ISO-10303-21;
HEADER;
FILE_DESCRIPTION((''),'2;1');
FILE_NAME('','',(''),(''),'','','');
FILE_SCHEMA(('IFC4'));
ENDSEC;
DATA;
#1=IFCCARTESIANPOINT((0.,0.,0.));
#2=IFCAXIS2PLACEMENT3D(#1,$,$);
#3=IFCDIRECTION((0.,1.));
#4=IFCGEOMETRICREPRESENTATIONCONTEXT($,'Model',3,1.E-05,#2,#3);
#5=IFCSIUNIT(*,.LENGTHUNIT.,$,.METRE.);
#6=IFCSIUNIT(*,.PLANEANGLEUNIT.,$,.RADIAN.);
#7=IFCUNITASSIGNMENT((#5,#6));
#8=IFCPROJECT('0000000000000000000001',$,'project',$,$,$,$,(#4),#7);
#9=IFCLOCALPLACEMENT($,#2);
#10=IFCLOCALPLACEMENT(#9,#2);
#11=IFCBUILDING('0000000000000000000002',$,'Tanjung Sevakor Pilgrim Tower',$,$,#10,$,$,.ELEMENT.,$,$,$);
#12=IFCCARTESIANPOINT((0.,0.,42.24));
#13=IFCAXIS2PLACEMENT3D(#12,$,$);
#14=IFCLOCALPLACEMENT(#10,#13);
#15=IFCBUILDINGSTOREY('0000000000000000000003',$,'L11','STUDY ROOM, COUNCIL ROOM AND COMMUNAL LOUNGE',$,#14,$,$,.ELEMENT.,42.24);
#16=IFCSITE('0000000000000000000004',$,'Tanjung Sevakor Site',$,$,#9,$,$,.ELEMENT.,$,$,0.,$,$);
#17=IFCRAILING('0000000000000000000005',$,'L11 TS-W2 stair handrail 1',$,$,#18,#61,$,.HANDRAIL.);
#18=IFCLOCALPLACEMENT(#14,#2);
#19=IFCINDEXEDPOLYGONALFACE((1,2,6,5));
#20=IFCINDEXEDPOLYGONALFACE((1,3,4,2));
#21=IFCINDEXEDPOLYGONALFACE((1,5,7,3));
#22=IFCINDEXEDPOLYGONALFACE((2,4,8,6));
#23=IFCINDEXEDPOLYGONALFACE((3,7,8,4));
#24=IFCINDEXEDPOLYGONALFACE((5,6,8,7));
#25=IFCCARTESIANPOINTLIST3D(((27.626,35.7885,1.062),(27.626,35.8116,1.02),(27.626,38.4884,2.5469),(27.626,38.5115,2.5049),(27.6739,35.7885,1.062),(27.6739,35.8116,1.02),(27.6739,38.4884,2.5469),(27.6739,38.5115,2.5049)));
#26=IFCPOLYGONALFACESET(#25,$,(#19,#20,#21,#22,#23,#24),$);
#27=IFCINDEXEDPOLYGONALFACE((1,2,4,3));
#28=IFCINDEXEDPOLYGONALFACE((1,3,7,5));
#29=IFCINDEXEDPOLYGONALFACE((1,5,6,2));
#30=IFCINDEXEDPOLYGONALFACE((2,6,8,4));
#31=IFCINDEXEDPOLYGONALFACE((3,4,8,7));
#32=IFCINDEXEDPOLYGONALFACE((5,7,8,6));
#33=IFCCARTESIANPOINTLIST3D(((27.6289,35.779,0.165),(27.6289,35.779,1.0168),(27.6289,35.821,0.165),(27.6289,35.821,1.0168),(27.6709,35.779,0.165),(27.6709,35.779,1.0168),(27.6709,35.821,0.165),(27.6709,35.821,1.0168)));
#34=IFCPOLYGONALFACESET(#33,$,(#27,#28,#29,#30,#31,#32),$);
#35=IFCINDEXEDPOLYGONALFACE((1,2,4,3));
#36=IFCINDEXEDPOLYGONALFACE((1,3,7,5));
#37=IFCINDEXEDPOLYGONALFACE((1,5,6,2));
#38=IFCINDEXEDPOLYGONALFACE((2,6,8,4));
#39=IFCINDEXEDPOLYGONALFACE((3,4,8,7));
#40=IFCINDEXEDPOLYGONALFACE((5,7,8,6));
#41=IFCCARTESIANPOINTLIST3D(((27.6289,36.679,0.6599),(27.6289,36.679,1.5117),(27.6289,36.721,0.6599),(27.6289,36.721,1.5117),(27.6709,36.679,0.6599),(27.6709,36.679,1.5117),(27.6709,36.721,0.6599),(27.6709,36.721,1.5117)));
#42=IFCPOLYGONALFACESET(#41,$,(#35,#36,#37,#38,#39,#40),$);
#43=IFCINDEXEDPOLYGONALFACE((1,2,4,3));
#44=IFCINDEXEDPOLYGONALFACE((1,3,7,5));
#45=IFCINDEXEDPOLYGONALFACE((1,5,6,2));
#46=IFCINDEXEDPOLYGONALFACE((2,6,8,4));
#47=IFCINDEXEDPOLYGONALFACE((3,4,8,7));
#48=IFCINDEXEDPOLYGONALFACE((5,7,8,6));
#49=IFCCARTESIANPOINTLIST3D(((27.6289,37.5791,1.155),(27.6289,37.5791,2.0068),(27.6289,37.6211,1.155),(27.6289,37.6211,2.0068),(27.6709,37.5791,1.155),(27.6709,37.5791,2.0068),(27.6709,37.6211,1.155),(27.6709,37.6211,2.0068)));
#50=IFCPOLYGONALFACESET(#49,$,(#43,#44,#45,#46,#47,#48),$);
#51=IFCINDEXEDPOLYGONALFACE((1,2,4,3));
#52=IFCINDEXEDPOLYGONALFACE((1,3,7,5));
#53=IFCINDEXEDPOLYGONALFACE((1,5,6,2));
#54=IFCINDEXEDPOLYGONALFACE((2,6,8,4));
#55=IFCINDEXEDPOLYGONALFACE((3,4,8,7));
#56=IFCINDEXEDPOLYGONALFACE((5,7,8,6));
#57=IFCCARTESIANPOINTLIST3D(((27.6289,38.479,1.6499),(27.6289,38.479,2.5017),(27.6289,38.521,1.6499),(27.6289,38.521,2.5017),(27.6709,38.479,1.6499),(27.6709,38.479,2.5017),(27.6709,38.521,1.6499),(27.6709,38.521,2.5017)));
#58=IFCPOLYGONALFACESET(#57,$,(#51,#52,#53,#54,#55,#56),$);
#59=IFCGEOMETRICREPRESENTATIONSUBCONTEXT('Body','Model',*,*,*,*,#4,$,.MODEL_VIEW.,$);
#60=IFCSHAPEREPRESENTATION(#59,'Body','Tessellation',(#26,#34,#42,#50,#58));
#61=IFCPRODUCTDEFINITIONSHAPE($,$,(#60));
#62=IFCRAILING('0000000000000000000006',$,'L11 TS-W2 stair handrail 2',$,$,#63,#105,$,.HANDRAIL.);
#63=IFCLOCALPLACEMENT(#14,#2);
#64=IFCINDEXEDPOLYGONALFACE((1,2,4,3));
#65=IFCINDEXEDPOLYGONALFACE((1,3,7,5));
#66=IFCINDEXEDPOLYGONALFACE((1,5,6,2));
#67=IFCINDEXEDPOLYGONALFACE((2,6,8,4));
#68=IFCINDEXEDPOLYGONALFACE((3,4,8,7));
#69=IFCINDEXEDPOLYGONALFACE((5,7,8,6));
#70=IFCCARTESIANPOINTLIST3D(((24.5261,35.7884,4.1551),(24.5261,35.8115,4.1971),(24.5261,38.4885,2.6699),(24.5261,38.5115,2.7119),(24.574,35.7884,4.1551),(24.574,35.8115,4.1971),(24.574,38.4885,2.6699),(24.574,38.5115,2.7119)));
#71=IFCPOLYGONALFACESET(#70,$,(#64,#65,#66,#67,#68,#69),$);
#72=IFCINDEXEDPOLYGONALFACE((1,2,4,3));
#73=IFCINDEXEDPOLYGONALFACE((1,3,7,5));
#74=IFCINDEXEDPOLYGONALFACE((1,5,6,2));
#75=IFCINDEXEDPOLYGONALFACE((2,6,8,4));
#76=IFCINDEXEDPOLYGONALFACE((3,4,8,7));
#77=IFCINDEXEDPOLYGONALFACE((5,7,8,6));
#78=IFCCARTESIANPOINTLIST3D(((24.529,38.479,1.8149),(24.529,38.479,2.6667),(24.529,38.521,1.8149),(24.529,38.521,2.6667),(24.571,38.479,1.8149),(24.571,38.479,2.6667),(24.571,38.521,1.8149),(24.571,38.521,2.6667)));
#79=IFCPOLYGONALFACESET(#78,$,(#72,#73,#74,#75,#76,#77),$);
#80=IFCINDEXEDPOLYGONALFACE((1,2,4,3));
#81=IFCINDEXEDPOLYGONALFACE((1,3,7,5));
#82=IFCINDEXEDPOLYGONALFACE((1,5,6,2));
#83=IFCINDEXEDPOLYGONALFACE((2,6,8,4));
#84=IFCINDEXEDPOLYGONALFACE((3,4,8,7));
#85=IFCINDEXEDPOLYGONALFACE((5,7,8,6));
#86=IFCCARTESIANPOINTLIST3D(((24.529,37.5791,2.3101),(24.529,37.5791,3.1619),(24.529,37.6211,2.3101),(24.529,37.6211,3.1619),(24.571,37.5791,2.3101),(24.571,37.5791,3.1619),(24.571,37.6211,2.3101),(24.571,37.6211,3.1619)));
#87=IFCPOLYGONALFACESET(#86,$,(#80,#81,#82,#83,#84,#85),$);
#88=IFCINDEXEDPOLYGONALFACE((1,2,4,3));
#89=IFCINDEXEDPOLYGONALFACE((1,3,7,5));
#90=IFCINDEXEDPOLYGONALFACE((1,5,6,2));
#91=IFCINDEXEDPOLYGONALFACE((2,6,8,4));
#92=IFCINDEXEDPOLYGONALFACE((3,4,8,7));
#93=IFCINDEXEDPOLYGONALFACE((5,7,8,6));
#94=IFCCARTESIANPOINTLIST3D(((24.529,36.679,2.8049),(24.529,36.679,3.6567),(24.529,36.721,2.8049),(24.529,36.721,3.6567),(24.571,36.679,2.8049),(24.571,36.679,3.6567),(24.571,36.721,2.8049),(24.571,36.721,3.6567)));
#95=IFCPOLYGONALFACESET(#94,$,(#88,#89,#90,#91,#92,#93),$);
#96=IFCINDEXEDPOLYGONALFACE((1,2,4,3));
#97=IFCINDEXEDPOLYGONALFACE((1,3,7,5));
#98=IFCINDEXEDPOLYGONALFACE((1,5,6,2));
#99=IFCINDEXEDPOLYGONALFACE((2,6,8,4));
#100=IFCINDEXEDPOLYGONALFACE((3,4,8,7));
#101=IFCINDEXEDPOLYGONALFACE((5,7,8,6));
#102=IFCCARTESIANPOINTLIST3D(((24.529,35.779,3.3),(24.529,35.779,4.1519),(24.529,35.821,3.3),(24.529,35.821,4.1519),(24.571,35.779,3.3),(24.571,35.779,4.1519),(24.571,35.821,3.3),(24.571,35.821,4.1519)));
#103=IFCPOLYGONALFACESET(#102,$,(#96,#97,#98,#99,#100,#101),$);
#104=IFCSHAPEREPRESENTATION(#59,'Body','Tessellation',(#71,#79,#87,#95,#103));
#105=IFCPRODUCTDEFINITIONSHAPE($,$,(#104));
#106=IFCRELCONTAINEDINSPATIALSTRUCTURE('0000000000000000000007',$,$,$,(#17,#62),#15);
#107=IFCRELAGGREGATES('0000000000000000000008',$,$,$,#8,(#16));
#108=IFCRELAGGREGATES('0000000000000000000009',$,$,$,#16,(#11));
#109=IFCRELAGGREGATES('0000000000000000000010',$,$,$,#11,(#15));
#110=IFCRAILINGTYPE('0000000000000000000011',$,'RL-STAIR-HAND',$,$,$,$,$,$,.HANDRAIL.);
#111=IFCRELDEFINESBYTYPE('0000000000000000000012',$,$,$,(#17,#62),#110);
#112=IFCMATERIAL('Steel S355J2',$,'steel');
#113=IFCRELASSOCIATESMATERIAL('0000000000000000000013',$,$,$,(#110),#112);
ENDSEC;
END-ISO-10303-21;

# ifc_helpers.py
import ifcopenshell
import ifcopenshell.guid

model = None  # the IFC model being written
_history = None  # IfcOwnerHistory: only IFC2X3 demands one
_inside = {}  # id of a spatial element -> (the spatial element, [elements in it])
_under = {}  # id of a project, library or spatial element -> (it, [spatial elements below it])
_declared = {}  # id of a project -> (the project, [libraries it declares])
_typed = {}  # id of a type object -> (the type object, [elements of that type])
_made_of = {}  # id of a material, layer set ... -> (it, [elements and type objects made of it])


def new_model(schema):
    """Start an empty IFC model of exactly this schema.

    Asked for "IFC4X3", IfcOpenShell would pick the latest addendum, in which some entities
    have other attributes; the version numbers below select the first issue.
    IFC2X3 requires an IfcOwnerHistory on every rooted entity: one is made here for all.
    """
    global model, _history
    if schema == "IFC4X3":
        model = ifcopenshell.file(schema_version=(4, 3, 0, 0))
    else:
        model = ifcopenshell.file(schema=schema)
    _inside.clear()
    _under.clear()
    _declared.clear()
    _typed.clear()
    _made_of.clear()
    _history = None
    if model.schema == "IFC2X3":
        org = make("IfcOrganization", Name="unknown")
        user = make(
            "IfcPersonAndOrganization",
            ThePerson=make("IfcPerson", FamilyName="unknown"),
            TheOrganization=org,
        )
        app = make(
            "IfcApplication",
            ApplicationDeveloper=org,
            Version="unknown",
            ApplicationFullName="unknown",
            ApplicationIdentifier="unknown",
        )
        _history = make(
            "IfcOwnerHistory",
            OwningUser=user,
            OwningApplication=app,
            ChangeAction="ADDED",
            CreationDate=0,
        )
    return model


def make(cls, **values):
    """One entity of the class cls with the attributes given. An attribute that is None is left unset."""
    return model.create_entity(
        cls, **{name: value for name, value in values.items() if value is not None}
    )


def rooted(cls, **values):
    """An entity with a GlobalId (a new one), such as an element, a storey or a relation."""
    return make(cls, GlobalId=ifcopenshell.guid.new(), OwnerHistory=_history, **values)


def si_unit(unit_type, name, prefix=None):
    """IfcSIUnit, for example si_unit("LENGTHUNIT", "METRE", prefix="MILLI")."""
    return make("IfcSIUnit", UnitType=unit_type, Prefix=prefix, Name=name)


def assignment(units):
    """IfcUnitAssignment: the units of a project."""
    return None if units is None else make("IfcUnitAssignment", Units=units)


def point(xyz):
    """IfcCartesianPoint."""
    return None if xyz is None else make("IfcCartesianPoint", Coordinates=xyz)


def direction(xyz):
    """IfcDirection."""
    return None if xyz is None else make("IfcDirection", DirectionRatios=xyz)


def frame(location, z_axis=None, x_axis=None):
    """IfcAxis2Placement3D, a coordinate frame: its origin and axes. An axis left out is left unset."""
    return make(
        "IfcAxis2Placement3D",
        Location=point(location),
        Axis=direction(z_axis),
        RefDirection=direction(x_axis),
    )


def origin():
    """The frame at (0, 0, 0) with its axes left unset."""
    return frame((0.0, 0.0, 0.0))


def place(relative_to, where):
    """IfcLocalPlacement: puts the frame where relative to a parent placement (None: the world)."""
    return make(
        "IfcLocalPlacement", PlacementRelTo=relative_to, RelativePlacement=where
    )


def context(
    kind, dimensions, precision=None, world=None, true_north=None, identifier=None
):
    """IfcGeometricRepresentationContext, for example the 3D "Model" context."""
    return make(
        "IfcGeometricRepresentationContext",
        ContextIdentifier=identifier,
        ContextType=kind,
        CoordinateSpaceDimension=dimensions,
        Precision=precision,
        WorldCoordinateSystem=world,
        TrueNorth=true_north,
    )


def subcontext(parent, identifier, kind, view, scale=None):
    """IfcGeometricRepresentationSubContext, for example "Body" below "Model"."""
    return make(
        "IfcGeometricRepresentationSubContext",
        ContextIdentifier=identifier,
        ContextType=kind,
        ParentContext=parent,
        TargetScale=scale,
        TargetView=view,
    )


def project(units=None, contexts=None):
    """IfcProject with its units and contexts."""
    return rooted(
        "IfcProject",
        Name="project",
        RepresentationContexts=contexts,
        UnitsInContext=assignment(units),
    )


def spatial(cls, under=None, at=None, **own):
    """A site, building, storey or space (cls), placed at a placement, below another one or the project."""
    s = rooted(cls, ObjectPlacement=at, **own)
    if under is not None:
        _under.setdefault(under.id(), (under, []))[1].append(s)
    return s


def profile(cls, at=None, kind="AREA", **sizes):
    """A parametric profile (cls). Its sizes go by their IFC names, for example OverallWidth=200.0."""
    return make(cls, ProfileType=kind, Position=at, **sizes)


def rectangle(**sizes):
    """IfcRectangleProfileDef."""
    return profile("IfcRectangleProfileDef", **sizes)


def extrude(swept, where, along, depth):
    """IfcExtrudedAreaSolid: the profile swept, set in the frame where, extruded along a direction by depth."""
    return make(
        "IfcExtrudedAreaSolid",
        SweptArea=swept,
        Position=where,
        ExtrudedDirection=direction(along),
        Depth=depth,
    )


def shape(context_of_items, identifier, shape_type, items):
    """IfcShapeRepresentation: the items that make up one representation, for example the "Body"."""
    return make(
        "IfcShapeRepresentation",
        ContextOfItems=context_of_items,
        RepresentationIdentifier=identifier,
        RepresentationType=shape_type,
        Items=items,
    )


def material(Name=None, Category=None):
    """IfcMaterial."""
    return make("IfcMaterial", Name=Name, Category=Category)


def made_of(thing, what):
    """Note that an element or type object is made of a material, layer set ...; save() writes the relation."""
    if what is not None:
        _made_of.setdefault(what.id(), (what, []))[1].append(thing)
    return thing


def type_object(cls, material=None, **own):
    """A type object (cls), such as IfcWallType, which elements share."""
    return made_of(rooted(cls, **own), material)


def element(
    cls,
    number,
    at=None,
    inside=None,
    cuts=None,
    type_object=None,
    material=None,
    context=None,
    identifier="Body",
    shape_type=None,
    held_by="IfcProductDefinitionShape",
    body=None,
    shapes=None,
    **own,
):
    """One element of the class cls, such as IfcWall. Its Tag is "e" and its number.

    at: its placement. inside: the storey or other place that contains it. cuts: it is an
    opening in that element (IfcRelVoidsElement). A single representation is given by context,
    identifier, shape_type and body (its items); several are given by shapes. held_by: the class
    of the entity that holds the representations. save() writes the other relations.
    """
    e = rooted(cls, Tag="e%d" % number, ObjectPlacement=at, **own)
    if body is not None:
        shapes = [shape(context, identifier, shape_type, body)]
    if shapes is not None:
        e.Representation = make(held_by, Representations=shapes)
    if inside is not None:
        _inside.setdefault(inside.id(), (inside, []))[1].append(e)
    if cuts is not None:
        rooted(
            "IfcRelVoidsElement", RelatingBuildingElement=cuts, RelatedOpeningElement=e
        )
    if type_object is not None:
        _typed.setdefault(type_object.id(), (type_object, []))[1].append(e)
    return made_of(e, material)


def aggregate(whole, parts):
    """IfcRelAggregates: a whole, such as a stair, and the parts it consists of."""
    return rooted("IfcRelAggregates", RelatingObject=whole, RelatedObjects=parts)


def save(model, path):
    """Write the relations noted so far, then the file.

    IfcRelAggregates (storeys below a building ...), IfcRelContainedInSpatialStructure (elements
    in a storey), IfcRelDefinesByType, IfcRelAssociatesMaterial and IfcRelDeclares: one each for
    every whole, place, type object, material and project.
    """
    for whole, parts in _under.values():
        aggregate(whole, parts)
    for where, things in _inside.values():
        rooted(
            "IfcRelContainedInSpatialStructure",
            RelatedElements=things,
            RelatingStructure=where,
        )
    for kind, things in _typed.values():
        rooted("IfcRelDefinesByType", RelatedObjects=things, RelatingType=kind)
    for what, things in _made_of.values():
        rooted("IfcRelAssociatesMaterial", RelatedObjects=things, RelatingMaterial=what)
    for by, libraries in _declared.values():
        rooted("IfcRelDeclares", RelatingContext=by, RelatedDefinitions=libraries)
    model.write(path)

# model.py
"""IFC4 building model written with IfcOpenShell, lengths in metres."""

from ifc_helpers import new_model, si_unit, direction, frame, origin, place, context, subcontext, project, spatial, rectangle, extrude, material, type_object, element, save


model = new_model("IFC4")

# Units and contexts
model_context = context("Model", 3, precision=1e-05, world=origin(), true_north=direction((0.0, 1.0)))
body_context = subcontext(model_context, "Body", "Model", "MODEL_VIEW")
ifc_project = project(units=[si_unit("LENGTHUNIT", "METRE"), si_unit("PLANEANGLEUNIT", "RADIAN")], contexts=[model_context])

# Site, building, storey
site_placement = place(None, origin())
site = spatial("IfcSite", under=ifc_project, at=site_placement, Name="Tanjung Sevakor Site", CompositionType="ELEMENT", RefElevation=0.0)
building_placement = place(site_placement, origin())
building = spatial("IfcBuilding", under=site, at=building_placement, Name="Tanjung Sevakor Pilgrim Tower", CompositionType="ELEMENT")
storey_placement = place(building_placement, frame((0.0, 0.0, 42.24)))
storey = spatial("IfcBuildingStorey", under=building, at=storey_placement, Name="L11", Description="STUDY ROOM, COUNCIL ROOM AND COMMUNAL LOUNGE", CompositionType="ELEMENT", Elevation=42.24)

# Railings
ifc_material_1 = material(Name="Steel S355J2", Category="steel")
railing_type_1 = type_object("IfcRailingType", Name="RL-STAIR-HAND", PredefinedType="HANDRAIL", material=ifc_material_1)
railing_1_placement = place(storey_placement, frame((27.6499, 35.8, 0.165)))
element("IfcRailing", 1, at=railing_1_placement, inside=storey, type_object=railing_type_1, Name="L11 TS-W2 stair handrail 1", PredefinedType="HANDRAIL", context=body_context, shape_type="SweptSolid", body=[
    extrude(rectangle(XDim=0.0479, YDim=0.0479), frame((0.0, 0.0, 0.876), z_axis=(0.0, 0.876231, 0.481891), x_axis=(-1.0, 0.0, 0.0)), (0.0, 0.0, 1.0), 3.0813),
    extrude(rectangle(XDim=0.042, YDim=0.042), origin(), (0.0, 0.0, 1.0), 0.8518),
    extrude(rectangle(XDim=0.042, YDim=0.042), frame((0.0, 0.8999, 0.4949)), (0.0, 0.0, 1.0), 0.8518),
    extrude(rectangle(XDim=0.042, YDim=0.042), frame((0.0, 1.8, 0.99)), (0.0, 0.0, 1.0), 0.8518),
    extrude(rectangle(XDim=0.042, YDim=0.042), frame((0.0, 2.7, 1.4849)), (0.0, 0.0, 1.0), 0.8518),
])
railing_2_placement = place(storey_placement, frame((24.55, 38.5, 1.8149)))
element("IfcRailing", 2, at=railing_2_placement, inside=storey, type_object=railing_type_1, Name="L11 TS-W2 stair handrail 2", PredefinedType="HANDRAIL", context=body_context, shape_type="SweptSolid", body=[
    extrude(rectangle(XDim=0.0479, YDim=0.0479), frame((0.0, 0.0, 0.876), z_axis=(0.0, -0.876198, 0.481952), x_axis=(1.0, 0.0, 0.0)), (0.0, 0.0, 1.0), 3.0815),
    extrude(rectangle(XDim=0.042, YDim=0.042), origin(), (0.0, 0.0, 1.0), 0.8518),
    extrude(rectangle(XDim=0.042, YDim=0.042), frame((0.0, -0.8999, 0.4951)), (0.0, 0.0, 1.0), 0.8518),
    extrude(rectangle(XDim=0.042, YDim=0.042), frame((0.0, -1.8, 0.99)), (0.0, 0.0, 1.0), 0.8518),
    extrude(rectangle(XDim=0.042, YDim=0.042), frame((0.0, -2.7, 1.4851)), (0.0, 0.0, 1.0), 0.8518),
])

save(model, "model.ifc")
